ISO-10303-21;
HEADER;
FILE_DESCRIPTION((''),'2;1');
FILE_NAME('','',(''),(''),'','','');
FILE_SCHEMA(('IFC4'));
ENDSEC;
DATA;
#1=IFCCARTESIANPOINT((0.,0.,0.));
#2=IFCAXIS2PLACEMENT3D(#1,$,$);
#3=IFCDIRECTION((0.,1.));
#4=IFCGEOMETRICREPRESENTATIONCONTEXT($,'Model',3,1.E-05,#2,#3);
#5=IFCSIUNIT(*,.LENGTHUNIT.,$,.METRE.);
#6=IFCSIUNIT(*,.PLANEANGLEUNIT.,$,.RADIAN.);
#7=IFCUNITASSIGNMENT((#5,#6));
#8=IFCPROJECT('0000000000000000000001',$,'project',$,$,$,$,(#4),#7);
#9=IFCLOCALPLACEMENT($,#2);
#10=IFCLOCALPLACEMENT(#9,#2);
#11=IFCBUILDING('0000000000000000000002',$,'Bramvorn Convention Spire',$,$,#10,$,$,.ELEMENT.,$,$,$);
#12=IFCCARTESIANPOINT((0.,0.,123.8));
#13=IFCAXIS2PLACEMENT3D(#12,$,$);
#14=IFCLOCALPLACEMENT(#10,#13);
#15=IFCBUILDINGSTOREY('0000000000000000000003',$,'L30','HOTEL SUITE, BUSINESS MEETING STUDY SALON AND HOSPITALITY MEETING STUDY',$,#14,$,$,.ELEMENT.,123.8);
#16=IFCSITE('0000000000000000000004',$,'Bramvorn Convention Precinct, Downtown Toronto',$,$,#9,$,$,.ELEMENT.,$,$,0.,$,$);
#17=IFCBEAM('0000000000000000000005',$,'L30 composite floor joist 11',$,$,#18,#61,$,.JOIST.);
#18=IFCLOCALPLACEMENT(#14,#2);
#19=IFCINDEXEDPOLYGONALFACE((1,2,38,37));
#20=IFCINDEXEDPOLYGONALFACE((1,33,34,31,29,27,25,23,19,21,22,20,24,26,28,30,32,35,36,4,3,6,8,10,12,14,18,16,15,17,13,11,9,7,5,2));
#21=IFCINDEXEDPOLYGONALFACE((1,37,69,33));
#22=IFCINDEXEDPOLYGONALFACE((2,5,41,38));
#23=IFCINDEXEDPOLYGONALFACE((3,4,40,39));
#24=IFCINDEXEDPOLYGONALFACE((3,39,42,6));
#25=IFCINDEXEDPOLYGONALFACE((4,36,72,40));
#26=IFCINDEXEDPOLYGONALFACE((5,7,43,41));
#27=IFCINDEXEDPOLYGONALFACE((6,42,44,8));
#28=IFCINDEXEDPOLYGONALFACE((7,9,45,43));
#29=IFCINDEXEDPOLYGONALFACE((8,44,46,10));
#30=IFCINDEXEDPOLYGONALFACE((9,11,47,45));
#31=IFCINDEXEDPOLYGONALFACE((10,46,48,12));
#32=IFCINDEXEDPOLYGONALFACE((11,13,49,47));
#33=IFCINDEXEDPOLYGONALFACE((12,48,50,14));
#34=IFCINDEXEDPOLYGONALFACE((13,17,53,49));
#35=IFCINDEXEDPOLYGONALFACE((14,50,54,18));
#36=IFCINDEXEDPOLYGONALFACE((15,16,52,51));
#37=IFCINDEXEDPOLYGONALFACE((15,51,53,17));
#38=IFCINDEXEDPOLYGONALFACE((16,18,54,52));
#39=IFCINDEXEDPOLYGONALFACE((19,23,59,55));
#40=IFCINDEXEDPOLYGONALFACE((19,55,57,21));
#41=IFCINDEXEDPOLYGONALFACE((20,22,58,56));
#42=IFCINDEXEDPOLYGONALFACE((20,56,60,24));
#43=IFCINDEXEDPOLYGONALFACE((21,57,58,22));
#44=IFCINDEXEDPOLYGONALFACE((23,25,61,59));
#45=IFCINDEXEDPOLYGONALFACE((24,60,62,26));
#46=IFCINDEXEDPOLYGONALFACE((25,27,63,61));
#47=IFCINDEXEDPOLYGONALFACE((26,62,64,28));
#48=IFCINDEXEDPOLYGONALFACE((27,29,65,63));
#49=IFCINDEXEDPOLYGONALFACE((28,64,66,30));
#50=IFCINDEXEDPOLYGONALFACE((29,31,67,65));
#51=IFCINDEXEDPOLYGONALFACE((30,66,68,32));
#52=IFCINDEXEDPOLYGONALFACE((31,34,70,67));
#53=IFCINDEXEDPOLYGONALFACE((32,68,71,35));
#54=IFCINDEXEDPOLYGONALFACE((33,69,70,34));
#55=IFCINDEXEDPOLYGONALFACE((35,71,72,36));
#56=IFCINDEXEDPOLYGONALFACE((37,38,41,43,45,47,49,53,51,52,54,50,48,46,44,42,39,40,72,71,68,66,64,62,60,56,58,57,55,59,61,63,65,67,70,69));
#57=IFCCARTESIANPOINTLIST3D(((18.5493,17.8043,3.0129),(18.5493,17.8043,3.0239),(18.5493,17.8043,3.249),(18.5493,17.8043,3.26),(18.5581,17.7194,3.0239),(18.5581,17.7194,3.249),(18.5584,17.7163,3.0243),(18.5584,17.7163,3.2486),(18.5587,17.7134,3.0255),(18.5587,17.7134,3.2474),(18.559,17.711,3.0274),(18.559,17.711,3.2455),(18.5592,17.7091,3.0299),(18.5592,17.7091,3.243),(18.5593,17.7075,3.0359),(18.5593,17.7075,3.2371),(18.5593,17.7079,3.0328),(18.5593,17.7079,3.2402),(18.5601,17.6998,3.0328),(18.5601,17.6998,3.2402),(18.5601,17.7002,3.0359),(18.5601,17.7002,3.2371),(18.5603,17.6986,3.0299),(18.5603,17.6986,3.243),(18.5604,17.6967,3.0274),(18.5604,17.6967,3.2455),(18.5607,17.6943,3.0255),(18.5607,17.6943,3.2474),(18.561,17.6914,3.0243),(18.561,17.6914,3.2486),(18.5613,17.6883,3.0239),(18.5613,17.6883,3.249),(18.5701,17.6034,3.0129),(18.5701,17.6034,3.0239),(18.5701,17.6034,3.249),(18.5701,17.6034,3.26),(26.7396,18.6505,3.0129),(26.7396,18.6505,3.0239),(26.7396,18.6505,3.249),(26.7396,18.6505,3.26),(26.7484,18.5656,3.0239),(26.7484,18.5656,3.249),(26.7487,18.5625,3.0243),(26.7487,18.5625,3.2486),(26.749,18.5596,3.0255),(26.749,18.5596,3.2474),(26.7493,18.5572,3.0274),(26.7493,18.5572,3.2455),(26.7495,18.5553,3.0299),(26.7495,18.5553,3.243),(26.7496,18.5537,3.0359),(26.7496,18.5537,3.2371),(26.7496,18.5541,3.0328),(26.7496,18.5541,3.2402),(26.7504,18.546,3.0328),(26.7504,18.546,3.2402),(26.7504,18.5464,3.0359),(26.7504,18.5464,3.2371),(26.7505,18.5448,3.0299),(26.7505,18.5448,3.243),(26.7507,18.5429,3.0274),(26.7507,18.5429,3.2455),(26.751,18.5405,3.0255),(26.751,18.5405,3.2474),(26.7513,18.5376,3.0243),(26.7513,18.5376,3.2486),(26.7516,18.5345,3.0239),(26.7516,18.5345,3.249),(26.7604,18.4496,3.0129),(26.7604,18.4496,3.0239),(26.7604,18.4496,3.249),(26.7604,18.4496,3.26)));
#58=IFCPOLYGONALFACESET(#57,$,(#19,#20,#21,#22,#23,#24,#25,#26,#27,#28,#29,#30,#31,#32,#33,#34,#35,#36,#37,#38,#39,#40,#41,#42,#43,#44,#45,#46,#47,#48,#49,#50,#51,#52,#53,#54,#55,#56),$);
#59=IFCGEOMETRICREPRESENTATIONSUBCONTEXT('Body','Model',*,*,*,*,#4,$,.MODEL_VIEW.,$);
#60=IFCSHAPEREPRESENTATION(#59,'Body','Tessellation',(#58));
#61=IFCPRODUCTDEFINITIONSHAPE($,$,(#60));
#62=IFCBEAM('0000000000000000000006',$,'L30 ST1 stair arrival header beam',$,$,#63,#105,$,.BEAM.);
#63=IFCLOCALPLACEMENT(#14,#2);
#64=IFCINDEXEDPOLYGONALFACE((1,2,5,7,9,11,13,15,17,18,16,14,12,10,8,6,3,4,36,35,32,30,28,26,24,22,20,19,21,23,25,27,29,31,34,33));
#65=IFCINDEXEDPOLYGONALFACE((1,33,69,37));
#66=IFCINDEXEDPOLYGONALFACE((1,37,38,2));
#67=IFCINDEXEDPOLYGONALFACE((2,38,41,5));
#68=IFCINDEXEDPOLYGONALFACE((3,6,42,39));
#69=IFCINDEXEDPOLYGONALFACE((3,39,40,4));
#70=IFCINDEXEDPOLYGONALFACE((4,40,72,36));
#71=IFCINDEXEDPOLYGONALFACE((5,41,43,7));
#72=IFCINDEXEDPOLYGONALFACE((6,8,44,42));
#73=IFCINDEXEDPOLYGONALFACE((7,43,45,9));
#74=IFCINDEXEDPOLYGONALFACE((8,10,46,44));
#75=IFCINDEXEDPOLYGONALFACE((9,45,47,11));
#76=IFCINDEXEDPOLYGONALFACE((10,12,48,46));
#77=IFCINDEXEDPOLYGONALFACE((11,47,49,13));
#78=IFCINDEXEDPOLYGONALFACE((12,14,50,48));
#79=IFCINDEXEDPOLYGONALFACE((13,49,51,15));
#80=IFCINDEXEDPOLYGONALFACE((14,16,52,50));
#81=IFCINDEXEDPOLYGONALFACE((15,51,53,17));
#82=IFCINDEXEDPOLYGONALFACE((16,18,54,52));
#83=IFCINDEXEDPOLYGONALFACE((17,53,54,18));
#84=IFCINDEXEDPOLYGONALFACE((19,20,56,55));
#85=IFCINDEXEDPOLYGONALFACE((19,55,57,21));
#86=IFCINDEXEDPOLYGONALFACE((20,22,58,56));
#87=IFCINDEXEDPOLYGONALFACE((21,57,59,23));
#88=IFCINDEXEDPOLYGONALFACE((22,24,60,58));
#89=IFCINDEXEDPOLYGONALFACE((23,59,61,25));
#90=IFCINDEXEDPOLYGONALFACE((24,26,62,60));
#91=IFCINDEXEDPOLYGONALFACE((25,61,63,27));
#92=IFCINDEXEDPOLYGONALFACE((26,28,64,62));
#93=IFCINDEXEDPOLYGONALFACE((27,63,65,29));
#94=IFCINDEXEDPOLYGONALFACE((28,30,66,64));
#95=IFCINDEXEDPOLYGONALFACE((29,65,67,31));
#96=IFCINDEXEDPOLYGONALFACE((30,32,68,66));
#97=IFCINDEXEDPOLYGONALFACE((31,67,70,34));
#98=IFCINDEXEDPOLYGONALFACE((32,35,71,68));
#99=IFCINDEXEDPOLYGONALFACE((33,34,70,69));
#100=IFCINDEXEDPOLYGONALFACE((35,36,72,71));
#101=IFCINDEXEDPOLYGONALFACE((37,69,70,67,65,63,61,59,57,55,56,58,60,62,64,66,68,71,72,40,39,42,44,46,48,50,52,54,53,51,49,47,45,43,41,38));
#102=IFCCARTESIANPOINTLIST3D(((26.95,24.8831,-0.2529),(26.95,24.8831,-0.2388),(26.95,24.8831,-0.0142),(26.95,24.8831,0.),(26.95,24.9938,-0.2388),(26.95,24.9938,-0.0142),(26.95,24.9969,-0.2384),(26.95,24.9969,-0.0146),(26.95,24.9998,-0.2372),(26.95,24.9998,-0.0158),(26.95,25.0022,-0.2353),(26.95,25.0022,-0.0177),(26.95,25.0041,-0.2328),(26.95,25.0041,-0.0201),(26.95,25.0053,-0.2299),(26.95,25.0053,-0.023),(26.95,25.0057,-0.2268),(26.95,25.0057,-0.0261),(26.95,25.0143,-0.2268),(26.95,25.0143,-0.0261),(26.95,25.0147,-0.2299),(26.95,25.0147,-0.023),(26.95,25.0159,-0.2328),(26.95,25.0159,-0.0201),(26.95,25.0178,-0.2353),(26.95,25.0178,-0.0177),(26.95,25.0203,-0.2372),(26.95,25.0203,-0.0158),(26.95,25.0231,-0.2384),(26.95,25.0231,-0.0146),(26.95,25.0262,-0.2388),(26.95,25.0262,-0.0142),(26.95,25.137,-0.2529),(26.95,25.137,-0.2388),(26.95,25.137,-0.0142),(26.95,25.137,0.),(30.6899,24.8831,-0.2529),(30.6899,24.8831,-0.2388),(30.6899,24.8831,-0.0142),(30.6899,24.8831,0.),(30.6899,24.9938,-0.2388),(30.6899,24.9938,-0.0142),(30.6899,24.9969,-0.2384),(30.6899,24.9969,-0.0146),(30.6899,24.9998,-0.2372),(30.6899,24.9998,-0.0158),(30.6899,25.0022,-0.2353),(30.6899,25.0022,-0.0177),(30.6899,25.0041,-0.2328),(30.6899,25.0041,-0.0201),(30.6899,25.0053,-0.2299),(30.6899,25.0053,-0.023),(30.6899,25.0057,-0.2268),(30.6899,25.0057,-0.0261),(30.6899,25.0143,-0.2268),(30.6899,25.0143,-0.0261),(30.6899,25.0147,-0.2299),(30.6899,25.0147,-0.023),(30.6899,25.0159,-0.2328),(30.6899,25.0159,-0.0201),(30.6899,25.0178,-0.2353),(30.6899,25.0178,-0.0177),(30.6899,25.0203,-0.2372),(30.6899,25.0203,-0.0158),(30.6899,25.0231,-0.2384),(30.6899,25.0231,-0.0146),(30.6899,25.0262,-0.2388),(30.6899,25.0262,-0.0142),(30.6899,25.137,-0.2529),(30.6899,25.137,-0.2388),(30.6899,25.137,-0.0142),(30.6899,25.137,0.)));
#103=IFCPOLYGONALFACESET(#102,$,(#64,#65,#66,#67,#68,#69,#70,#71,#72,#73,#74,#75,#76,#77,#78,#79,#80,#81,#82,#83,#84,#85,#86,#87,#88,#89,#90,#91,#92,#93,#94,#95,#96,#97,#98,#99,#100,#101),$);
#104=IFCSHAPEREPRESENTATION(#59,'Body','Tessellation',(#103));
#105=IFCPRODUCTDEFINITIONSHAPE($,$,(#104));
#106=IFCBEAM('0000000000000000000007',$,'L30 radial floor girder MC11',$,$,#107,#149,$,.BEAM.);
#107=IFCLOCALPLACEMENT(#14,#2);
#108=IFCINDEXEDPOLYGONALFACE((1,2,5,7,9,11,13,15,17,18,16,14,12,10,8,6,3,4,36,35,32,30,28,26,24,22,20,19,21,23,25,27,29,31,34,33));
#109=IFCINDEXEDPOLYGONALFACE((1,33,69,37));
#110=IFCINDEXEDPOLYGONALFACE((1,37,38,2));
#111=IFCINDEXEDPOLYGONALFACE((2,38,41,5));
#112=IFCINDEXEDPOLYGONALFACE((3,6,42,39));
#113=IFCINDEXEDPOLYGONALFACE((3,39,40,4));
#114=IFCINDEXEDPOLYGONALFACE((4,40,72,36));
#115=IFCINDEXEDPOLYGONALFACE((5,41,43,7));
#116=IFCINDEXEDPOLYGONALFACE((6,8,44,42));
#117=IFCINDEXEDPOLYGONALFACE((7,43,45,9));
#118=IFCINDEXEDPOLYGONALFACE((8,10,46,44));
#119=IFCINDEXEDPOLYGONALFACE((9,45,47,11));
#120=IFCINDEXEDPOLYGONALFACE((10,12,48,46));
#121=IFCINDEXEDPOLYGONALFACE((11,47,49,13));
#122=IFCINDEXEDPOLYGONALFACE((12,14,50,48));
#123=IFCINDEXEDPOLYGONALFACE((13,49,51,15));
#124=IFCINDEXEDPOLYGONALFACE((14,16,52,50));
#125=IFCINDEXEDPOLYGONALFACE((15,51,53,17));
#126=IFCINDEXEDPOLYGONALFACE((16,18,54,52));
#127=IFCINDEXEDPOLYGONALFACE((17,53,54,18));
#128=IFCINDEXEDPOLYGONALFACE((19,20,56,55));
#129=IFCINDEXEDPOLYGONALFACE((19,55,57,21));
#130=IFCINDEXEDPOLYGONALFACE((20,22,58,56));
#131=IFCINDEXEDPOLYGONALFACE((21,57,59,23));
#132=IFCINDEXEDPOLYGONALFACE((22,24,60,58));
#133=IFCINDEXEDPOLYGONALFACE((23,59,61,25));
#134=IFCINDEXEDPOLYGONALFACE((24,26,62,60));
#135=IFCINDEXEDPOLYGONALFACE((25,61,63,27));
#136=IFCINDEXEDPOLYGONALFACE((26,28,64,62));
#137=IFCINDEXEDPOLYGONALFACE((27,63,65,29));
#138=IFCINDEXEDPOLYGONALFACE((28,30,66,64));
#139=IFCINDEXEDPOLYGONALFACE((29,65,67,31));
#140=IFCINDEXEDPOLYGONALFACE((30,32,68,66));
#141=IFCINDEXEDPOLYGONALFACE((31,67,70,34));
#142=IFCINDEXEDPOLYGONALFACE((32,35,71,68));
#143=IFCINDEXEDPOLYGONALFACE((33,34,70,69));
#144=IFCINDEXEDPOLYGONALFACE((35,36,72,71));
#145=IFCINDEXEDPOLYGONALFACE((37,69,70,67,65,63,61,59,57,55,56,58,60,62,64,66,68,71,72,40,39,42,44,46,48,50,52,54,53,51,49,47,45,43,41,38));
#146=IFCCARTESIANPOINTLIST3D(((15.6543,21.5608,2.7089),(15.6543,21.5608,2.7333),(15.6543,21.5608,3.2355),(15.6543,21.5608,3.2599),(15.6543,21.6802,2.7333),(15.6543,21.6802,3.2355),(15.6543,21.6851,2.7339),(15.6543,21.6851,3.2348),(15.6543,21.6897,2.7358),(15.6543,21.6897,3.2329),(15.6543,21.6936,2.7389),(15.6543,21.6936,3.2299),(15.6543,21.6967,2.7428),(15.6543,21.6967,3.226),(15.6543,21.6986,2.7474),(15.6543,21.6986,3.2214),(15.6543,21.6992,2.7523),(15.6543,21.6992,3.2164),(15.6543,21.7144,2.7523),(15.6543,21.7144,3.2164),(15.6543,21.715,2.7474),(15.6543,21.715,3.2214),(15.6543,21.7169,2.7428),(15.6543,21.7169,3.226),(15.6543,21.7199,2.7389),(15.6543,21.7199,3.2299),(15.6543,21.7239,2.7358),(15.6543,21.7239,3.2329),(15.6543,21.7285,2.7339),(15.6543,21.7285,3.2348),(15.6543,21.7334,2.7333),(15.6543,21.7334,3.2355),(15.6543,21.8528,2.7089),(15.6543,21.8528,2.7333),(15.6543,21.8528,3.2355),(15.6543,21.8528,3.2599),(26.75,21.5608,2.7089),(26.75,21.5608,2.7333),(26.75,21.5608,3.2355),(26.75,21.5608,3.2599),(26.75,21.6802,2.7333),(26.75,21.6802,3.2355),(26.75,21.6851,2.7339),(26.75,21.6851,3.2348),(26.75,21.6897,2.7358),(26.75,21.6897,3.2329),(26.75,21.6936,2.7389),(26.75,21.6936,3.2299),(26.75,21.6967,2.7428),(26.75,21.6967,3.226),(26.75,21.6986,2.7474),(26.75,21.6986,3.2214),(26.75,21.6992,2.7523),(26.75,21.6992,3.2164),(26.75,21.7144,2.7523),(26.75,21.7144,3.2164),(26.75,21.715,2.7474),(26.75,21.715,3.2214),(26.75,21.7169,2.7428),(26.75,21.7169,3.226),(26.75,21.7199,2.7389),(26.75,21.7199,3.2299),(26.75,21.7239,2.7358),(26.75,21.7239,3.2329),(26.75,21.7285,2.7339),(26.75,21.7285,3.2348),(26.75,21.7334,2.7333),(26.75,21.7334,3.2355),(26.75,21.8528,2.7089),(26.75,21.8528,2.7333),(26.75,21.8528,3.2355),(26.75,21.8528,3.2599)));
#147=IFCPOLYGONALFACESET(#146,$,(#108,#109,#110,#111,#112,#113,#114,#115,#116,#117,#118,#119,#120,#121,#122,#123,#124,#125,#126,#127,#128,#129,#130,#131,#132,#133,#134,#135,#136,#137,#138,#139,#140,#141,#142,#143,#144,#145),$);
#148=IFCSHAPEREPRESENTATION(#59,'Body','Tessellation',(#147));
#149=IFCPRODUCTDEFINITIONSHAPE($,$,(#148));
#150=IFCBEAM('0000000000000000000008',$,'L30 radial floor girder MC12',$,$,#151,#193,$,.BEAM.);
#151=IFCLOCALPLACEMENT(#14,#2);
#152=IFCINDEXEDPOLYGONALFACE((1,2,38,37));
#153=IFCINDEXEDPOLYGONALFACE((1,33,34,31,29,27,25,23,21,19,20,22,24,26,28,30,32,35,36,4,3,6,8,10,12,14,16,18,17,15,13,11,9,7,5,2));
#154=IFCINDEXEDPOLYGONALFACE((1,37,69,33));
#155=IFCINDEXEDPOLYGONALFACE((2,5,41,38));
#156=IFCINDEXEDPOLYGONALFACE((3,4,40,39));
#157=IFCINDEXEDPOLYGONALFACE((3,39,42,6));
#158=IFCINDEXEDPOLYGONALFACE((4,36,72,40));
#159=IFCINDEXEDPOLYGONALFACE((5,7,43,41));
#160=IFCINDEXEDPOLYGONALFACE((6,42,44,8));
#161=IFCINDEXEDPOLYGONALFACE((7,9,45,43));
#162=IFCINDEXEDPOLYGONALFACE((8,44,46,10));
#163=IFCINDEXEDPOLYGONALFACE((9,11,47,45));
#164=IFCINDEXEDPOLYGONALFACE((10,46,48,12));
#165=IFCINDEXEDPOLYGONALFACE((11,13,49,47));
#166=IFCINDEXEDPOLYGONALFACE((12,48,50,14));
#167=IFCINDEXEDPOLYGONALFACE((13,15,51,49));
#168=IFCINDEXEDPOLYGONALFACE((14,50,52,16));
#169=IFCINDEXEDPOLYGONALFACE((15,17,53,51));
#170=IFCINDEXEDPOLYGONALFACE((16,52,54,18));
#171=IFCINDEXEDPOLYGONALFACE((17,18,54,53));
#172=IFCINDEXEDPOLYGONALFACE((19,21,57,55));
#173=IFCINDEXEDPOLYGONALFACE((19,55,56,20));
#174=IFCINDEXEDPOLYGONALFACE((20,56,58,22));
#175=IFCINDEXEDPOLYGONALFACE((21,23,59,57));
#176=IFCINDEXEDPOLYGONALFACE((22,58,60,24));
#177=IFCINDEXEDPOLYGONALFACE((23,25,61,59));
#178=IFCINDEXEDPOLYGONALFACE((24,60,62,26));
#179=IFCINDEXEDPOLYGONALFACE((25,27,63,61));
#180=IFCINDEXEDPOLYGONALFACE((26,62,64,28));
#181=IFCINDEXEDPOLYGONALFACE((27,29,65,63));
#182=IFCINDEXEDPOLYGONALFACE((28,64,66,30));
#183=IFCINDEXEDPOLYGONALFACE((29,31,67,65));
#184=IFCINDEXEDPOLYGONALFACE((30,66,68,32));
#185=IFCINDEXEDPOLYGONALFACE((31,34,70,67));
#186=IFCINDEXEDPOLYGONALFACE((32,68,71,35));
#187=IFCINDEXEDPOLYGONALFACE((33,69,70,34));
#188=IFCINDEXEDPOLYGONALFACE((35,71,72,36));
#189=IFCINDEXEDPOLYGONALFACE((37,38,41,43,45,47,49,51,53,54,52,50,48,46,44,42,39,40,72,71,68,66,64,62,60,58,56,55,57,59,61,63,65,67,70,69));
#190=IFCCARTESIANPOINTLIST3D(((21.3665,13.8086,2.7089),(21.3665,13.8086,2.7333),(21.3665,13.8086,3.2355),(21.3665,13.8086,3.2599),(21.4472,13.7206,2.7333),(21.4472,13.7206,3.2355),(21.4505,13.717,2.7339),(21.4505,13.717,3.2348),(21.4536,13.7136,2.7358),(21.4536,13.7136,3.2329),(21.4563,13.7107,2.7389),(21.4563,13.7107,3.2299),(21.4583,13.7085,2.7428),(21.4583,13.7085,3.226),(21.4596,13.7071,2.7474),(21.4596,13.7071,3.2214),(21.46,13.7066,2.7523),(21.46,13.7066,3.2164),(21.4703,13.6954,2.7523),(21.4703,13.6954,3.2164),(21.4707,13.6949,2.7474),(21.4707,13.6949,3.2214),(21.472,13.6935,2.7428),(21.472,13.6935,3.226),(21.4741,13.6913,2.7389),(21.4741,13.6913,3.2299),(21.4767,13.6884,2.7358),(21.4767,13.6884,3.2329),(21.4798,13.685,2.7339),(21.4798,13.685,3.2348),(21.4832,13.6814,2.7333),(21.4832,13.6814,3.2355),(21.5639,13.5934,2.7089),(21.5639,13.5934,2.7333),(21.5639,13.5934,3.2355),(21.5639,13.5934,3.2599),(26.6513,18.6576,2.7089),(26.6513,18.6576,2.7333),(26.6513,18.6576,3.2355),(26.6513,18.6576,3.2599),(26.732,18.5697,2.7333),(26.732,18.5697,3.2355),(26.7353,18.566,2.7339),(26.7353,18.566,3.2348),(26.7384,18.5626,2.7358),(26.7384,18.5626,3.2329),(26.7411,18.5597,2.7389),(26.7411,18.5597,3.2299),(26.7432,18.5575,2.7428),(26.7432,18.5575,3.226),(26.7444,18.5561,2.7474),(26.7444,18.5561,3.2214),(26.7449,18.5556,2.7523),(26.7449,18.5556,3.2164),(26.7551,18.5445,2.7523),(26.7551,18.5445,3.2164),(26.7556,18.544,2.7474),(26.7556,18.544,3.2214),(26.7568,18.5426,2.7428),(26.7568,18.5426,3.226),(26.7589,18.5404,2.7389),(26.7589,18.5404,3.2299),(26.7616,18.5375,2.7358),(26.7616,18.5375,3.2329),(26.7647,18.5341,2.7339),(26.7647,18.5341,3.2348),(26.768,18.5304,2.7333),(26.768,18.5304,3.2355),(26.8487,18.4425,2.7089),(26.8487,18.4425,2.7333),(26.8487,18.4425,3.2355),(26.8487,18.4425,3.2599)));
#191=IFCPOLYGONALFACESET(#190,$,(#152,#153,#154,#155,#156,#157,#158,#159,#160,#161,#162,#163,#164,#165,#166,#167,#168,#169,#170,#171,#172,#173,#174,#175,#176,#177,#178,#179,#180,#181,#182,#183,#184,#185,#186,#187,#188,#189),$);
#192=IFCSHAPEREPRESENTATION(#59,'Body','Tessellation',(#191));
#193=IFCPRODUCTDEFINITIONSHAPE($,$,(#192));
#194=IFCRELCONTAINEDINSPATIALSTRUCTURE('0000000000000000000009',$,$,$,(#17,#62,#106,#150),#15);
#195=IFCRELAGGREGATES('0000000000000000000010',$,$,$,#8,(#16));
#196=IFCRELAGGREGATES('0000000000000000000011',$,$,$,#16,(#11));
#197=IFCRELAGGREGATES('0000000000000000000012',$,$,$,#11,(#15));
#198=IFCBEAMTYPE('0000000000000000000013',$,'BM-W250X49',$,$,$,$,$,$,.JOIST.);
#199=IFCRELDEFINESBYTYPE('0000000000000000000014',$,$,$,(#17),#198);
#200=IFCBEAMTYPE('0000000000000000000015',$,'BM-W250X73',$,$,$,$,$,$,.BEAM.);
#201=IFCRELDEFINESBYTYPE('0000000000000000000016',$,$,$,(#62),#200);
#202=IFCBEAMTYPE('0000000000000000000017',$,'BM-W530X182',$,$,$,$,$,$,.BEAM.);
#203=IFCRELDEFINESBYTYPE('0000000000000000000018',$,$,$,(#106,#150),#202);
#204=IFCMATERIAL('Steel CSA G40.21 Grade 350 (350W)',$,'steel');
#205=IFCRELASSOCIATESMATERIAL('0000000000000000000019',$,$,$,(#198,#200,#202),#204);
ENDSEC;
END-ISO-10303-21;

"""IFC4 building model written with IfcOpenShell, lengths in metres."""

from ifc_helpers import new_model, si_unit, direction, frame, origin, origin_2d, place, context, subcontext, project, spatial, i_section, extrude, material, material_profile, profile_set, type_object, element, save


model = new_model("IFC4")

# Units and contexts
model_context = context("Model", 3, precision=1e-05, world=origin(), true_north=direction((0.0, 1.0)))
body_context = subcontext(model_context, "Body", "Model", "MODEL_VIEW")
ifc_project = project(units=[si_unit("LENGTHUNIT", "METRE"), si_unit("PLANEANGLEUNIT", "RADIAN")], contexts=[model_context])

# Site, building, storey
site_placement = place(None, origin())
site = spatial("IfcSite", under=ifc_project, at=site_placement, Name="Bramvorn Convention Precinct, Downtown Toronto", CompositionType="ELEMENT", RefElevation=0.0)
building_placement = place(site_placement, origin())
building = spatial("IfcBuilding", under=site, at=building_placement, Name="Bramvorn Convention Spire", CompositionType="ELEMENT")
storey_placement = place(building_placement, frame((0.0, 0.0, 123.8)))
storey = spatial("IfcBuildingStorey", under=building, at=storey_placement, Name="L30", Description="HOTEL SUITE, BUSINESS MEETING STUDY SALON AND HOSPITALITY MEETING STUDY", CompositionType="ELEMENT", Elevation=123.8)

# Beams
ifc_material_1 = material(Name="Steel CSA G40.21 Grade 350 (350W)", Category="steel")
ifc_material_profile_1 = material_profile(ifc_material_1, i_section(OverallWidth=0.2019, OverallDepth=0.2471, WebThickness=0.0073, FlangeThickness=0.011, FilletRadius=0.012, at=origin_2d()))
ifc_profile_set_1 = profile_set([ifc_material_profile_1], Name="Steel CSA G40.21 Grade 350 (350W) - W250X49")
beam_type_1 = type_object("IfcBeamType", Name="BM-W250X49", PredefinedType="JOIST", material=ifc_profile_set_1)
beam_1_placement = place(storey_placement, frame((26.75, 18.55, 3.1365), z_axis=(-0.994705, -0.102771, 0.0), x_axis=(0.102771, -0.994705, 0.0)))
element("IfcBeam", 1, at=beam_1_placement, inside=storey, type_object=beam_type_1, Name="L30 composite floor joist 11", PredefinedType="JOIST", context=body_context, shape_type="SweptSolid", body=[
    extrude(i_section(OverallWidth=0.2019, OverallDepth=0.2471, WebThickness=0.0073, FlangeThickness=0.011, FilletRadius=0.012, at=origin_2d()), origin(), (0.0, 0.0, 1.0), 8.2339),
])
ifc_material_profile_2 = material_profile(ifc_material_1, i_section(OverallWidth=0.2539, OverallDepth=0.2529, WebThickness=0.0085, FlangeThickness=0.0142, FilletRadius=0.012, at=origin_2d()))
ifc_profile_set_2 = profile_set([ifc_material_profile_2], Name="Steel CSA G40.21 Grade 350 (350W) - W250X73")
beam_type_2 = type_object("IfcBeamType", Name="BM-W250X73", PredefinedType="BEAM", material=ifc_profile_set_2)
beam_2_placement = place(storey_placement, frame((26.95, 25.01, -0.1265), z_axis=(1.0, 0.0, 0.0), x_axis=(0.0, 1.0, 0.0)))
element("IfcBeam", 2, at=beam_2_placement, inside=storey, type_object=beam_type_2, Name="L30 ST1 stair arrival header beam", PredefinedType="BEAM", context=body_context, shape_type="SweptSolid", body=[
    extrude(i_section(OverallWidth=0.2539, OverallDepth=0.2529, WebThickness=0.0085, FlangeThickness=0.0142, FilletRadius=0.012, at=origin_2d()), origin(), (0.0, 0.0, 1.0), 3.74),
])
ifc_material_profile_3 = material_profile(ifc_material_1, i_section(OverallWidth=0.292, OverallDepth=0.551, WebThickness=0.0151, FlangeThickness=0.0244, FilletRadius=0.019, at=origin_2d()))
ifc_profile_set_3 = profile_set([ifc_material_profile_3], Name="Steel CSA G40.21 Grade 350 (350W) - W530X182")
beam_type_3 = type_object("IfcBeamType", Name="BM-W530X182", PredefinedType="BEAM", material=ifc_profile_set_3)
beam_3_placement = place(storey_placement, frame((26.75, 21.7068, 2.9844), z_axis=(-1.0, 0.0, 0.0), x_axis=(0.0, -1.0, 0.0)))
element("IfcBeam", 3, at=beam_3_placement, inside=storey, type_object=beam_type_3, Name="L30 radial floor girder MC11", PredefinedType="BEAM", context=body_context, shape_type="SweptSolid", body=[
    extrude(i_section(OverallWidth=0.292, OverallDepth=0.551, WebThickness=0.0151, FlangeThickness=0.0244, FilletRadius=0.019, at=origin_2d()), origin(), (0.0, 0.0, 1.0), 11.0957),
])
beam_4_placement = place(storey_placement, frame((26.75, 18.55, 2.9844), z_axis=(-0.736833, -0.676074, 0.0), x_axis=(0.676074, -0.736833, 0.0)))
element("IfcBeam", 4, at=beam_4_placement, inside=storey, type_object=beam_type_3, Name="L30 radial floor girder MC12", PredefinedType="BEAM", context=body_context, shape_type="SweptSolid", body=[
    extrude(i_section(OverallWidth=0.292, OverallDepth=0.551, WebThickness=0.0151, FlangeThickness=0.0244, FilletRadius=0.019, at=origin_2d()), origin(), (0.0, 0.0, 1.0), 7.1724),
])

save(model, "model.ifc")
